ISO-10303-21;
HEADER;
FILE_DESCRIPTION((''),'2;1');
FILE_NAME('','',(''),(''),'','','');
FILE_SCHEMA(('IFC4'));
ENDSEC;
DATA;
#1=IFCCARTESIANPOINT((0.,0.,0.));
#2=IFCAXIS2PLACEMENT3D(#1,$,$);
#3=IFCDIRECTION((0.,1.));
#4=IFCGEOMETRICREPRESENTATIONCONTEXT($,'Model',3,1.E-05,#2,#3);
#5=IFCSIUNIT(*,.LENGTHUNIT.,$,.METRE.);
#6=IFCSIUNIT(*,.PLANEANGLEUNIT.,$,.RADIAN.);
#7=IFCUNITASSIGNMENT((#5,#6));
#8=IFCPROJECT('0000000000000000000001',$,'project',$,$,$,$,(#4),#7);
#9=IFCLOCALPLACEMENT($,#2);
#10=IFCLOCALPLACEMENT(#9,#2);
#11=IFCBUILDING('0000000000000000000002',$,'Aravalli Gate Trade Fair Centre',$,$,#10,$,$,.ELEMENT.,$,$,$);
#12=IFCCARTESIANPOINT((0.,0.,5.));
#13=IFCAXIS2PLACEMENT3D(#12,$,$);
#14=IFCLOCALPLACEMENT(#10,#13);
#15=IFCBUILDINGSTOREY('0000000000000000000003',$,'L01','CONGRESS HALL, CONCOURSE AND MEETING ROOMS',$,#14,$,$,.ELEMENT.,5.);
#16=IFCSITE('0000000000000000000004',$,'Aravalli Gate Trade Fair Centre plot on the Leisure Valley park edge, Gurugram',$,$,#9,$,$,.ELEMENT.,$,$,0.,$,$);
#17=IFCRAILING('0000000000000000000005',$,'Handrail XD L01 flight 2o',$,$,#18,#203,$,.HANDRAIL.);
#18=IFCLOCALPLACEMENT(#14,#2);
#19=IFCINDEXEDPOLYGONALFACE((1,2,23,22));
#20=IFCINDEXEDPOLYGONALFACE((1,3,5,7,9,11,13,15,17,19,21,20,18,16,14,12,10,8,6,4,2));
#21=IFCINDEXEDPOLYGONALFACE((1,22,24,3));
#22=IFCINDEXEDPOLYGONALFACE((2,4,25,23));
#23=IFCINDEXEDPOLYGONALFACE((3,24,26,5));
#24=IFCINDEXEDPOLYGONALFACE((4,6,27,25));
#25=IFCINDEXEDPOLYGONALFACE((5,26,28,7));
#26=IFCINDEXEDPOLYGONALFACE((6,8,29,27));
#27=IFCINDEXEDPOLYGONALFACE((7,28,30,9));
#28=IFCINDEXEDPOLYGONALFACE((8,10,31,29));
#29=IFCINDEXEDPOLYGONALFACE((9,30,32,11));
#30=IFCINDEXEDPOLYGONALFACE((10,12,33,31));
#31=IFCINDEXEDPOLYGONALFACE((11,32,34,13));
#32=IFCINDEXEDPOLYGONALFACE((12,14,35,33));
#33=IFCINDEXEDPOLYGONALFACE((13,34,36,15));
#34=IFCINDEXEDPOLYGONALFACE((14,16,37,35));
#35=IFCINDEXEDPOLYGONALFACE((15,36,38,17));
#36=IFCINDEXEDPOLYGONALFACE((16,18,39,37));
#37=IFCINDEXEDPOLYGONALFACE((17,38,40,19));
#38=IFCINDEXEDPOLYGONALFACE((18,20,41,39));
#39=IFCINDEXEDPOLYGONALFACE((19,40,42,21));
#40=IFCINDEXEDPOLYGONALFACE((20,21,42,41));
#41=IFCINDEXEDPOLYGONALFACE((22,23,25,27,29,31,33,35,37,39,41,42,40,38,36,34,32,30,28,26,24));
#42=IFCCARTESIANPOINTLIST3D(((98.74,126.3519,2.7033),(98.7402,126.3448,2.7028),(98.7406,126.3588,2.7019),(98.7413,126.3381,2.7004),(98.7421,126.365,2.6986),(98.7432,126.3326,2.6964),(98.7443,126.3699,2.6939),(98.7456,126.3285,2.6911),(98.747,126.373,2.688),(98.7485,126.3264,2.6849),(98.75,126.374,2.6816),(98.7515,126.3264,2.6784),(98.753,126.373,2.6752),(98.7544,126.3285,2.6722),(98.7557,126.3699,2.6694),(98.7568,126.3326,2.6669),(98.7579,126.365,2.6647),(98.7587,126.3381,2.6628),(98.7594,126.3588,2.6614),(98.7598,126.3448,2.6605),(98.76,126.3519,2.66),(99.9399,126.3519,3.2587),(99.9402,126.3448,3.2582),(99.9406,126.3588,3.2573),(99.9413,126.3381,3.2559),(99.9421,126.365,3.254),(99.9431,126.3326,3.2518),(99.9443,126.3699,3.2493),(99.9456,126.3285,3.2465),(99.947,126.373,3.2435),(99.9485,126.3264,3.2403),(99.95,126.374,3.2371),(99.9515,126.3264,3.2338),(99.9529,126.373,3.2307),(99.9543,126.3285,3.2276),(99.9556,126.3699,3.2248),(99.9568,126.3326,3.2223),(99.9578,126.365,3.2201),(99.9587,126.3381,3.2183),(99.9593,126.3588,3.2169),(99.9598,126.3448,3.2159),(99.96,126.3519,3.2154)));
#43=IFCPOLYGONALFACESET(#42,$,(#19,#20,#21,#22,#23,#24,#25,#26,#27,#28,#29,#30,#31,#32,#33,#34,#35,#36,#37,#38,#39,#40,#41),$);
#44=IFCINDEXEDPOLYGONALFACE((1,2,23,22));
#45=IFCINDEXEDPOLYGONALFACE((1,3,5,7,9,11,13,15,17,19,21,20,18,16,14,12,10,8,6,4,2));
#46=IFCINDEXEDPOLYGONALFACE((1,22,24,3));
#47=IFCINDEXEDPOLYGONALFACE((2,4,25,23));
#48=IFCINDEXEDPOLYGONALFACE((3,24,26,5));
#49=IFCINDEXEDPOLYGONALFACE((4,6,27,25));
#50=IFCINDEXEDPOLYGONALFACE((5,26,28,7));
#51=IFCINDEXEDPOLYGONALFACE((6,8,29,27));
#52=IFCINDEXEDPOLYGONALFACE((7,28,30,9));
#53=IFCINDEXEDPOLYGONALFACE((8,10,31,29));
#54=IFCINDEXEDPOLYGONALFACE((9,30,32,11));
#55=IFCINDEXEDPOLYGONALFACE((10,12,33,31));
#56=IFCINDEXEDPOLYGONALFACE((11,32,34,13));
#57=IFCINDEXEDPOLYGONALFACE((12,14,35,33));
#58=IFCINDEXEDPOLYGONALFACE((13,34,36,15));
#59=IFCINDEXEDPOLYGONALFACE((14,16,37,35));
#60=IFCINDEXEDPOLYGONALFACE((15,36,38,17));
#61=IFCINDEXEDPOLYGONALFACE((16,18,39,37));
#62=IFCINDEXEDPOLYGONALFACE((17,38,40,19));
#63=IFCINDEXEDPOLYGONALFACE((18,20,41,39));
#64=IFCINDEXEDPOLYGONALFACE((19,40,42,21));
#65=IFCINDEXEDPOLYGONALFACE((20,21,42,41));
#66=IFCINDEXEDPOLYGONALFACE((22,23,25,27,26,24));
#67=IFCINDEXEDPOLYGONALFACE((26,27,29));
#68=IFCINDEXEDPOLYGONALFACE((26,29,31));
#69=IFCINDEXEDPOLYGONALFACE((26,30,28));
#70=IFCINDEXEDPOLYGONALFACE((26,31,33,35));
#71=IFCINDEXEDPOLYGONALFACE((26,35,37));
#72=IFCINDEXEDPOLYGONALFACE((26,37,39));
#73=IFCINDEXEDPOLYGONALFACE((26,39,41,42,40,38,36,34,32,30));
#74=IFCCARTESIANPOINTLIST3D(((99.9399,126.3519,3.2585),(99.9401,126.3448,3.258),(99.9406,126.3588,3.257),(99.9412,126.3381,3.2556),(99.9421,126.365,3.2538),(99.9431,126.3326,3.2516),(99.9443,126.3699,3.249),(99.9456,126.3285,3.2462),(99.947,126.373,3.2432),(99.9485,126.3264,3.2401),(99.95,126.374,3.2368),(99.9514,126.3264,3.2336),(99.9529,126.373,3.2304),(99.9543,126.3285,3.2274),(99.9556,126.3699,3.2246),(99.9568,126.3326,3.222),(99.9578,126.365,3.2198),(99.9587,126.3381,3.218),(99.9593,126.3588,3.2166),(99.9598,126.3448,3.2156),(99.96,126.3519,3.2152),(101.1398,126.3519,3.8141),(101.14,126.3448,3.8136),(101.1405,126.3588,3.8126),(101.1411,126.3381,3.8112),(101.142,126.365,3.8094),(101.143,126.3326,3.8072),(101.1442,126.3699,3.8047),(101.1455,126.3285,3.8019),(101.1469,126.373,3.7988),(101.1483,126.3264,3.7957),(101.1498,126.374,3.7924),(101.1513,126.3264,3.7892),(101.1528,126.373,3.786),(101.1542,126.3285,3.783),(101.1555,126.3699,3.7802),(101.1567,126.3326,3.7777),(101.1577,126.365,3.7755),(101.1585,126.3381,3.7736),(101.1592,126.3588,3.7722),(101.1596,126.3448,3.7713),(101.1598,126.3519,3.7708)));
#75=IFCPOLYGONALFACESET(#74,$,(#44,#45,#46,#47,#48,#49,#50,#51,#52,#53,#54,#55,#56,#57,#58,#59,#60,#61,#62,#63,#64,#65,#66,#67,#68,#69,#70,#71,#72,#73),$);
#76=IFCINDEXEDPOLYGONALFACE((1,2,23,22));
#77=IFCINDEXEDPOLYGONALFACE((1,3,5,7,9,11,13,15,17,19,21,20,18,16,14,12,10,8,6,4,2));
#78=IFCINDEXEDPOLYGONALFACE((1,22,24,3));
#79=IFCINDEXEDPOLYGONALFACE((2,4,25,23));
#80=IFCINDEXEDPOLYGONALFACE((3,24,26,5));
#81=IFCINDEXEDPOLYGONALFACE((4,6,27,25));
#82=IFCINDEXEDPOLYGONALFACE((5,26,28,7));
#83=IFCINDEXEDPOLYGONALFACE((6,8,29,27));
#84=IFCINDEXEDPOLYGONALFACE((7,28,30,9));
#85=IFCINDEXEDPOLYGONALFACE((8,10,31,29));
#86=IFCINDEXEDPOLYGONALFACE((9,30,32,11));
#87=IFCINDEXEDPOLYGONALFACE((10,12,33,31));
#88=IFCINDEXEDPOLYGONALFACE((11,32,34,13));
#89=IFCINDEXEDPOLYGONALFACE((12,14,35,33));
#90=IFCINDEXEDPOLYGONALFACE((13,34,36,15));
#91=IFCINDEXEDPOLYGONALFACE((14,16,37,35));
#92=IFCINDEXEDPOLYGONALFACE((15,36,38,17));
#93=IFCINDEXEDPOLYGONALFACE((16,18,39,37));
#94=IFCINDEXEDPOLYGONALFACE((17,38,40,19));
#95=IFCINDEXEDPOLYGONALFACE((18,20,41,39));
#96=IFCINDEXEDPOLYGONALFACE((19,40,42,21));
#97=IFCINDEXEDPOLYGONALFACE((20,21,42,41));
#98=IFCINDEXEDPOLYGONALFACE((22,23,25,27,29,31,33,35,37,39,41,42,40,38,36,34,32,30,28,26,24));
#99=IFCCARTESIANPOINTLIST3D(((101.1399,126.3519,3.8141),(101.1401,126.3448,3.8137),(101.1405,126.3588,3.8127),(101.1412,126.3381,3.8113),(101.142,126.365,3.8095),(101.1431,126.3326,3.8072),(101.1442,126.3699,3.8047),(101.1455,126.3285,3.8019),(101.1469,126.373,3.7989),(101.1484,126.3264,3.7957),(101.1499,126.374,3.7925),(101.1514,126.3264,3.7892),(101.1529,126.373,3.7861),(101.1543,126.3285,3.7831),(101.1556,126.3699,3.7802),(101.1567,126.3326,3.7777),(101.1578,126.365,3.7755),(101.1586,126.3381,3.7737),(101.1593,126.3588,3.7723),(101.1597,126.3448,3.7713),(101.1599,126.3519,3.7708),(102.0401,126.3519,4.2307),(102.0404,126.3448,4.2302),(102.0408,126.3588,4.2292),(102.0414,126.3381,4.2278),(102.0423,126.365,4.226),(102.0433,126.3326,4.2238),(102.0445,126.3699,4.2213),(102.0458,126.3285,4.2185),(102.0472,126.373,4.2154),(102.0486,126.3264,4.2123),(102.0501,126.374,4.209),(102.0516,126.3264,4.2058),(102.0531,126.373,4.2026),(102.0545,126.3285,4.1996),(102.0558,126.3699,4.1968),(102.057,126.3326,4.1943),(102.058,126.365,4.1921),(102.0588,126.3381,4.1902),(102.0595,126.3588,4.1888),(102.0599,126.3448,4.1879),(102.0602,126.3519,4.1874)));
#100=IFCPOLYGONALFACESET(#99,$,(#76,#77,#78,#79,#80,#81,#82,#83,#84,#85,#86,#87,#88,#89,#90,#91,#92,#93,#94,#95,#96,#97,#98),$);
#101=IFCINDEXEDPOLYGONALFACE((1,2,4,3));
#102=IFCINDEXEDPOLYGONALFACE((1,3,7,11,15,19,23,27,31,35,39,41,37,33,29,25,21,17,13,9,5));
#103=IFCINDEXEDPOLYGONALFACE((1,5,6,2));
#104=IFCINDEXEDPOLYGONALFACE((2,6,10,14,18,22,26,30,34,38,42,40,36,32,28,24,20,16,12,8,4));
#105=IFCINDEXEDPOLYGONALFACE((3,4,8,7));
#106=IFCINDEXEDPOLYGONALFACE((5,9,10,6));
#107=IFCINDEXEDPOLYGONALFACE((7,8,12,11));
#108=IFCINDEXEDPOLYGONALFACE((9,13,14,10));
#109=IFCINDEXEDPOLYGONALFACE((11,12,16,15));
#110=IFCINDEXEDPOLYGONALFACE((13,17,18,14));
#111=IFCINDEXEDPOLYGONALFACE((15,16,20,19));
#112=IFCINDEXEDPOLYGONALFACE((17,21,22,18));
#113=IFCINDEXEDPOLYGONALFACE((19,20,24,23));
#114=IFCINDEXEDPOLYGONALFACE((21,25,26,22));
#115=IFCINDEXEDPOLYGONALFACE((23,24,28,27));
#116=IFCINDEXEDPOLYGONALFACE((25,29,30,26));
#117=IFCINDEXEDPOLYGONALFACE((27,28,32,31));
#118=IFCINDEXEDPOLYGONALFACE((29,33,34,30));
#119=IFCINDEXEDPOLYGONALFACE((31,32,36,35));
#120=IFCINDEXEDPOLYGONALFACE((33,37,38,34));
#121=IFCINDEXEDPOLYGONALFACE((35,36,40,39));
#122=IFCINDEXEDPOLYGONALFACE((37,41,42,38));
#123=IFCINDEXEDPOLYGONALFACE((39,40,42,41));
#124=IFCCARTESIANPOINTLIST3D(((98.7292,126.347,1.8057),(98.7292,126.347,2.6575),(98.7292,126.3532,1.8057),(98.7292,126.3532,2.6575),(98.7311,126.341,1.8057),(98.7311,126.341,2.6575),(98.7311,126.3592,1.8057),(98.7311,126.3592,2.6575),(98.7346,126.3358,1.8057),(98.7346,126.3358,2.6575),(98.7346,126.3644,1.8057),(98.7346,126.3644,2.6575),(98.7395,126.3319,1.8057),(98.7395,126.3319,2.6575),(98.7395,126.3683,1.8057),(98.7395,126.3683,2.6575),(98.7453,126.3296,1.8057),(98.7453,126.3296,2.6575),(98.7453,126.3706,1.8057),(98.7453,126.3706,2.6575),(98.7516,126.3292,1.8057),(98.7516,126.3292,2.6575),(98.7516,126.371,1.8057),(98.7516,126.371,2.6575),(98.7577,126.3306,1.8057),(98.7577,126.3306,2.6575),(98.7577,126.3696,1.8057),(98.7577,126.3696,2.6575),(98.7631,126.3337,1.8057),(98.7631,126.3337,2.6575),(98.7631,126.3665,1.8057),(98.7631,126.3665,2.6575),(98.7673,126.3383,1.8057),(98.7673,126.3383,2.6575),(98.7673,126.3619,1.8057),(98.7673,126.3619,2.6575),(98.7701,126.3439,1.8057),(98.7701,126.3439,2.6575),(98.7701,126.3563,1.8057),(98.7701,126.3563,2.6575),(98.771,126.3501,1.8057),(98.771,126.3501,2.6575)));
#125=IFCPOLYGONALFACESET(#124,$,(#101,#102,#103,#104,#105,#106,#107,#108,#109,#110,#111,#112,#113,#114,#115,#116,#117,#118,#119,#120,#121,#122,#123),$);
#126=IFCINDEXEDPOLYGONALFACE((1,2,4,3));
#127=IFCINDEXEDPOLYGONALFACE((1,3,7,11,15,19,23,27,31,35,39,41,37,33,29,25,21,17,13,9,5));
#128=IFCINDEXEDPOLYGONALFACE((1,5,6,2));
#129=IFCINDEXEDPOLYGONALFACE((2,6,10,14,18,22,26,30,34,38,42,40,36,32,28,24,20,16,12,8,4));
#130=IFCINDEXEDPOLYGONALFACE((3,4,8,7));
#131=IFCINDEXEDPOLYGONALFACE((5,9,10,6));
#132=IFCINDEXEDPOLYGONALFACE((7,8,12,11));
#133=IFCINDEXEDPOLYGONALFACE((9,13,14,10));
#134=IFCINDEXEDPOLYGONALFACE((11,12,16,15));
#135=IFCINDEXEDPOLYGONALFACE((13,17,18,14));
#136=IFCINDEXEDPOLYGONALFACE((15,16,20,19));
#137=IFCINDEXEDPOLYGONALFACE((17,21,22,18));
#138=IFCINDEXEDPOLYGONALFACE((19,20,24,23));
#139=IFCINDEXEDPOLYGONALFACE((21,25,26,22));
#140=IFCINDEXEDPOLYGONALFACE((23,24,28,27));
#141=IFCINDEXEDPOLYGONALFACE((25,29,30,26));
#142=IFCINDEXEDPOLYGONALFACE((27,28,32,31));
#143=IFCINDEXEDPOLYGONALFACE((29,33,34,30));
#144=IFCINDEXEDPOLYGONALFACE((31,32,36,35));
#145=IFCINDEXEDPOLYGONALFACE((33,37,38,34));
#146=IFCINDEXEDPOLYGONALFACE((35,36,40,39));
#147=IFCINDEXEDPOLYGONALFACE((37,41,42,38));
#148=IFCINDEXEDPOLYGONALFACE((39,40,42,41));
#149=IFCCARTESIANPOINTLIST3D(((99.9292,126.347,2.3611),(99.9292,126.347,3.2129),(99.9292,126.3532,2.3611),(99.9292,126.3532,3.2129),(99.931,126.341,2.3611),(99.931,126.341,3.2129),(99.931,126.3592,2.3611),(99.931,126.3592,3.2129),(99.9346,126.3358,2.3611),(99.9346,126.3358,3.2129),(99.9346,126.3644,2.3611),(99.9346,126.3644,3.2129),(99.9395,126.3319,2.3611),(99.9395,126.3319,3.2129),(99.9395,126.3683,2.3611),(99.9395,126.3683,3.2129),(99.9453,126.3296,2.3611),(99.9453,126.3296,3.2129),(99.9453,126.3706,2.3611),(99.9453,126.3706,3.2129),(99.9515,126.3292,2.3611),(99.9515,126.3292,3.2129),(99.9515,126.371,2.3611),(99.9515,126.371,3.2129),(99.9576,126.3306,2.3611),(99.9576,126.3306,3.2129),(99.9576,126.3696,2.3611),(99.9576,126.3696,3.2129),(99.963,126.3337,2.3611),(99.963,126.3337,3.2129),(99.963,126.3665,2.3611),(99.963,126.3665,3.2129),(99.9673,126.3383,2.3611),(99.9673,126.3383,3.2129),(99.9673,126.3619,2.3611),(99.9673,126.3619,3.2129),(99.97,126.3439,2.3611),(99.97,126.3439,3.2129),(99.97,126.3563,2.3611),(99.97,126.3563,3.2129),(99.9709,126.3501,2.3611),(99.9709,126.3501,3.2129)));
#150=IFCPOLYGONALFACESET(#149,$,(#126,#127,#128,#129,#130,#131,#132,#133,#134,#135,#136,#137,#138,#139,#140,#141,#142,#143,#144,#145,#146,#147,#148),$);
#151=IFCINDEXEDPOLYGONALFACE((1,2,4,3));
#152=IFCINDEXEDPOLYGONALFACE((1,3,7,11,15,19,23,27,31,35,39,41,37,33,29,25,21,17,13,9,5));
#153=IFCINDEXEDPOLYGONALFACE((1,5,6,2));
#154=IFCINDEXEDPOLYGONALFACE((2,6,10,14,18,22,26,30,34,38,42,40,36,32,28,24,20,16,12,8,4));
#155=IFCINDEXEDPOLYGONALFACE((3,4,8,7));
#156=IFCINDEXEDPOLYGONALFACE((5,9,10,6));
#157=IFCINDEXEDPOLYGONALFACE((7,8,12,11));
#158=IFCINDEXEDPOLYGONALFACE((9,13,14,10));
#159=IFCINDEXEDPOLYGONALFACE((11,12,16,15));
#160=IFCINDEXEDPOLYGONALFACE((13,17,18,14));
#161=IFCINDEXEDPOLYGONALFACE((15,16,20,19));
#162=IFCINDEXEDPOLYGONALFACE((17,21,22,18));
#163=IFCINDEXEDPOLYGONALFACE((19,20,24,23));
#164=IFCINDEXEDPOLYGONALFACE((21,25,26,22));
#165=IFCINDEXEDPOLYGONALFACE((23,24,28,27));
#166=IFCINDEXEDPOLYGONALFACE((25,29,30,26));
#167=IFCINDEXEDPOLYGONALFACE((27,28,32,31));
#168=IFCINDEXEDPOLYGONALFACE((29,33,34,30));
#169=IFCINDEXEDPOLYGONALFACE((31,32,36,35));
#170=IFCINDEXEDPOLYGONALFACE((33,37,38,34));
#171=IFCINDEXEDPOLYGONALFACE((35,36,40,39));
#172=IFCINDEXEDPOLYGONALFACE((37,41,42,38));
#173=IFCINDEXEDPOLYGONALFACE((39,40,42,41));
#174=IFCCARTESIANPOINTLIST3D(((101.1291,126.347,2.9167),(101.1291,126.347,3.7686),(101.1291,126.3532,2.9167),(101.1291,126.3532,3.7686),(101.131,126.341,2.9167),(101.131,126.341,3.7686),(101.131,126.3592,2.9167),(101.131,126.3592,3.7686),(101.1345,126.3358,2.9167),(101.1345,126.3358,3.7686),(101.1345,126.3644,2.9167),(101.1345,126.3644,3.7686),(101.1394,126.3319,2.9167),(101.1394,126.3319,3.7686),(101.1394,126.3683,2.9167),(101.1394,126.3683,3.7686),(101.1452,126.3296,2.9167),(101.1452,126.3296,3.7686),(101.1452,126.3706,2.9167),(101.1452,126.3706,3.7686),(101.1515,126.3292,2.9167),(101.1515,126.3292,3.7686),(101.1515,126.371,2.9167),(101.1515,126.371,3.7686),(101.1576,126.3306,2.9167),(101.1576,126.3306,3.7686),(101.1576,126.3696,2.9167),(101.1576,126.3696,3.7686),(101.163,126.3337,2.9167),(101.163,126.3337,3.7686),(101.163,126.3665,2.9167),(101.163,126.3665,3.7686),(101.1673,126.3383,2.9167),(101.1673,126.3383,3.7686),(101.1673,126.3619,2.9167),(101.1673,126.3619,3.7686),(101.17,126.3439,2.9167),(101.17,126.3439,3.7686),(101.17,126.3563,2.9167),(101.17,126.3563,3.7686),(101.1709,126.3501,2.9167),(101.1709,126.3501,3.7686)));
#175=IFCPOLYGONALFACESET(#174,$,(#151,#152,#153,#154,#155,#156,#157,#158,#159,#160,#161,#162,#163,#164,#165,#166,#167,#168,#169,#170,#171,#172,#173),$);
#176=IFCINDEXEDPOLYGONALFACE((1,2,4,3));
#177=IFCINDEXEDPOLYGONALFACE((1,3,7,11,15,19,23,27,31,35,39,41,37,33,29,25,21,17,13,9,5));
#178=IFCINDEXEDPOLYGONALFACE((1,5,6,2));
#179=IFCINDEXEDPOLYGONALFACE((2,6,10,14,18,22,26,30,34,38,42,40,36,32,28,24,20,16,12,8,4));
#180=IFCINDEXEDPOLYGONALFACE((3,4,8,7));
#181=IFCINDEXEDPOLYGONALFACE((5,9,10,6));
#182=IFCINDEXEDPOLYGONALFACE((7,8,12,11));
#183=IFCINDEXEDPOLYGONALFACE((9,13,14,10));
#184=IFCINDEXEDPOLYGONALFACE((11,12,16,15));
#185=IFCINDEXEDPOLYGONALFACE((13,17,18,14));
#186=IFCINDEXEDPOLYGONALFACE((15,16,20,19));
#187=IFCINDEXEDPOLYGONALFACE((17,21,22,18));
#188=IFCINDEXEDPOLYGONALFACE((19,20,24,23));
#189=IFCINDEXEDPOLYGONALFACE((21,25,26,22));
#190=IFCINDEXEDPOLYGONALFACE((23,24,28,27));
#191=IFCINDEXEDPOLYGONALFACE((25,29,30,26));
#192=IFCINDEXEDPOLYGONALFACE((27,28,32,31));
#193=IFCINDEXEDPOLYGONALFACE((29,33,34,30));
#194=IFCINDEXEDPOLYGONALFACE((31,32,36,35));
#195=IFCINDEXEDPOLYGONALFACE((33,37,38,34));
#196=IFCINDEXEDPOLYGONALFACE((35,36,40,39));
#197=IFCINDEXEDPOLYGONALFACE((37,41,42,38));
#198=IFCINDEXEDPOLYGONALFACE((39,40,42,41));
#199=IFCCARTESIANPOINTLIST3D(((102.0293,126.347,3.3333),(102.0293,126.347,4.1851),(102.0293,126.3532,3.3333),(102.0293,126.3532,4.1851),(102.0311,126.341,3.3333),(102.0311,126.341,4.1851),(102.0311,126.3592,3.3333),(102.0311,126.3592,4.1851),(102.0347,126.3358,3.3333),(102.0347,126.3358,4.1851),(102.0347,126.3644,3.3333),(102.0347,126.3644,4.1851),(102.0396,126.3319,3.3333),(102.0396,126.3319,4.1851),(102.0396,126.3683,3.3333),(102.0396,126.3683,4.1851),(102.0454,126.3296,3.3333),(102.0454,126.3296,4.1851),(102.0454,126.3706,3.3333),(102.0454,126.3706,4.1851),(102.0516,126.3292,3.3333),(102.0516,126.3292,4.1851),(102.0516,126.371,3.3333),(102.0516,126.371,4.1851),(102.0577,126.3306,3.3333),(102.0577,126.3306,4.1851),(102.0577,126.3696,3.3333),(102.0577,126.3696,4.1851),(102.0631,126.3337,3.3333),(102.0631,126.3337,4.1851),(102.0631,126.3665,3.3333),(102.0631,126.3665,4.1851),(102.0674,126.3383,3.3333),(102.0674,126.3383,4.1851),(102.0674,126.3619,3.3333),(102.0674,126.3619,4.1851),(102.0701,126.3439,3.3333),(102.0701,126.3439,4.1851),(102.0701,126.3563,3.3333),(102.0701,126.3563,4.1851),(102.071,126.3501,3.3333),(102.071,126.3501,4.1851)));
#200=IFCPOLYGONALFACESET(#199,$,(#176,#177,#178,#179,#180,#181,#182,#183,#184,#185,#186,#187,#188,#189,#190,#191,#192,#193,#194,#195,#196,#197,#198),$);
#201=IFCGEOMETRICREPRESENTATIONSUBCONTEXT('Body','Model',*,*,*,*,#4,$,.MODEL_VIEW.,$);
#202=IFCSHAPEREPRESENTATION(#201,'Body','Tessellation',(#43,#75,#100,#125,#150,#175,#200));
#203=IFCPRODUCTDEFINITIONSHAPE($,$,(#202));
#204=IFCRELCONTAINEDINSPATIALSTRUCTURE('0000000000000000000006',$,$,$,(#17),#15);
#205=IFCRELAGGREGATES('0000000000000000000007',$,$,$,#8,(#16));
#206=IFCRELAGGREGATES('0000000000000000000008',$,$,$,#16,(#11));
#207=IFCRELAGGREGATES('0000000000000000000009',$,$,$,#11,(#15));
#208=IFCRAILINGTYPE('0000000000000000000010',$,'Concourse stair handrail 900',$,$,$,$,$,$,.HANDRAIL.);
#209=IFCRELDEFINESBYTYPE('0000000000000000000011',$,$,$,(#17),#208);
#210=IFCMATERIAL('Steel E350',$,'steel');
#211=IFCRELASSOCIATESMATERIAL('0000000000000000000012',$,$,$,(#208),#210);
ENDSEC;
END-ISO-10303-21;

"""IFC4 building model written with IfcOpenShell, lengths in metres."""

from ifc_helpers import new_model, si_unit, direction, frame, origin, origin_2d, place, context, subcontext, project, spatial, circle, extrude, material, type_object, element, save


model = new_model("IFC4")

# Units and contexts
model_context = context("Model", 3, precision=1e-05, world=origin(), true_north=direction((0.0, 1.0)))
body_context = subcontext(model_context, "Body", "Model", "MODEL_VIEW")
ifc_project = project(units=[si_unit("LENGTHUNIT", "METRE"), si_unit("PLANEANGLEUNIT", "RADIAN")], contexts=[model_context])

# Site, building, storey
site_placement = place(None, origin())
site = spatial("IfcSite", under=ifc_project, at=site_placement, Name="Aravalli Gate Trade Fair Centre plot on the Leisure Valley park edge, Gurugram", CompositionType="ELEMENT", RefElevation=0.0)
building_placement = place(site_placement, origin())
building = spatial("IfcBuilding", under=site, at=building_placement, Name="Aravalli Gate Trade Fair Centre", CompositionType="ELEMENT")
storey_placement = place(building_placement, frame((0.0, 0.0, 5.0)))
storey = spatial("IfcBuildingStorey", under=building, at=storey_placement, Name="L01", Description="CONGRESS HALL, CONCOURSE AND MEETING ROOMS", CompositionType="ELEMENT", Elevation=5.0)

# Shared definitions
ifc_material_1 = material(Name="Steel E350", Category="steel")

# Railing
railing_type = type_object("IfcRailingType", Name="Concourse stair handrail 900", PredefinedType="HANDRAIL", material=ifc_material_1)
for number, where, name in (
    (1, (98.75, 126.3501, 1.8057), "Handrail XD L01 flight 2o"),
):
    element("IfcRailing", number, at=place(storey_placement, frame(where)), inside=storey, type_object=railing_type, Name=name, PredefinedType="HANDRAIL", context=body_context, shape_type="SweptSolid", body=[
        extrude(circle(Radius=0.0239, at=origin_2d()), frame((0.0, 0.0, 0.876), z_axis=(0.907499, 0.0, 0.420053), x_axis=(0.0, 1.0, 0.0)), (0.0, 0.0, 1.0), 1.3223),
        extrude(circle(Radius=0.0239, at=origin_2d()), frame((1.2, 0.0, 1.4312), z_axis=(0.907429, 0.0, 0.420205), x_axis=(0.0, 1.0, 0.0)), (0.0, 0.0, 1.0), 1.3223),
        extrude(circle(Radius=0.0239, at=origin_2d()), frame((2.3999, 0.0, 1.9868), z_axis=(0.907556, 0.0, 0.419932), x_axis=(0.0, 1.0, 0.0)), (0.0, 0.0, 1.0), 0.9919),
        extrude(circle(Radius=0.021, at=origin_2d()), origin(), (0.0, 0.0, 1.0), 0.8518),
        extrude(circle(Radius=0.021, at=origin_2d()), frame((1.2, 0.0, 0.5554)), (0.0, 0.0, 1.0), 0.8518),
        extrude(circle(Radius=0.021, at=origin_2d()), frame((2.3999, 0.0, 1.1111)), (0.0, 0.0, 1.0), 0.8518),
        extrude(circle(Radius=0.021, at=origin_2d()), frame((3.3, 0.0, 1.5276)), (0.0, 0.0, 1.0), 0.8518),
    ])

save(model, "model.ifc")
